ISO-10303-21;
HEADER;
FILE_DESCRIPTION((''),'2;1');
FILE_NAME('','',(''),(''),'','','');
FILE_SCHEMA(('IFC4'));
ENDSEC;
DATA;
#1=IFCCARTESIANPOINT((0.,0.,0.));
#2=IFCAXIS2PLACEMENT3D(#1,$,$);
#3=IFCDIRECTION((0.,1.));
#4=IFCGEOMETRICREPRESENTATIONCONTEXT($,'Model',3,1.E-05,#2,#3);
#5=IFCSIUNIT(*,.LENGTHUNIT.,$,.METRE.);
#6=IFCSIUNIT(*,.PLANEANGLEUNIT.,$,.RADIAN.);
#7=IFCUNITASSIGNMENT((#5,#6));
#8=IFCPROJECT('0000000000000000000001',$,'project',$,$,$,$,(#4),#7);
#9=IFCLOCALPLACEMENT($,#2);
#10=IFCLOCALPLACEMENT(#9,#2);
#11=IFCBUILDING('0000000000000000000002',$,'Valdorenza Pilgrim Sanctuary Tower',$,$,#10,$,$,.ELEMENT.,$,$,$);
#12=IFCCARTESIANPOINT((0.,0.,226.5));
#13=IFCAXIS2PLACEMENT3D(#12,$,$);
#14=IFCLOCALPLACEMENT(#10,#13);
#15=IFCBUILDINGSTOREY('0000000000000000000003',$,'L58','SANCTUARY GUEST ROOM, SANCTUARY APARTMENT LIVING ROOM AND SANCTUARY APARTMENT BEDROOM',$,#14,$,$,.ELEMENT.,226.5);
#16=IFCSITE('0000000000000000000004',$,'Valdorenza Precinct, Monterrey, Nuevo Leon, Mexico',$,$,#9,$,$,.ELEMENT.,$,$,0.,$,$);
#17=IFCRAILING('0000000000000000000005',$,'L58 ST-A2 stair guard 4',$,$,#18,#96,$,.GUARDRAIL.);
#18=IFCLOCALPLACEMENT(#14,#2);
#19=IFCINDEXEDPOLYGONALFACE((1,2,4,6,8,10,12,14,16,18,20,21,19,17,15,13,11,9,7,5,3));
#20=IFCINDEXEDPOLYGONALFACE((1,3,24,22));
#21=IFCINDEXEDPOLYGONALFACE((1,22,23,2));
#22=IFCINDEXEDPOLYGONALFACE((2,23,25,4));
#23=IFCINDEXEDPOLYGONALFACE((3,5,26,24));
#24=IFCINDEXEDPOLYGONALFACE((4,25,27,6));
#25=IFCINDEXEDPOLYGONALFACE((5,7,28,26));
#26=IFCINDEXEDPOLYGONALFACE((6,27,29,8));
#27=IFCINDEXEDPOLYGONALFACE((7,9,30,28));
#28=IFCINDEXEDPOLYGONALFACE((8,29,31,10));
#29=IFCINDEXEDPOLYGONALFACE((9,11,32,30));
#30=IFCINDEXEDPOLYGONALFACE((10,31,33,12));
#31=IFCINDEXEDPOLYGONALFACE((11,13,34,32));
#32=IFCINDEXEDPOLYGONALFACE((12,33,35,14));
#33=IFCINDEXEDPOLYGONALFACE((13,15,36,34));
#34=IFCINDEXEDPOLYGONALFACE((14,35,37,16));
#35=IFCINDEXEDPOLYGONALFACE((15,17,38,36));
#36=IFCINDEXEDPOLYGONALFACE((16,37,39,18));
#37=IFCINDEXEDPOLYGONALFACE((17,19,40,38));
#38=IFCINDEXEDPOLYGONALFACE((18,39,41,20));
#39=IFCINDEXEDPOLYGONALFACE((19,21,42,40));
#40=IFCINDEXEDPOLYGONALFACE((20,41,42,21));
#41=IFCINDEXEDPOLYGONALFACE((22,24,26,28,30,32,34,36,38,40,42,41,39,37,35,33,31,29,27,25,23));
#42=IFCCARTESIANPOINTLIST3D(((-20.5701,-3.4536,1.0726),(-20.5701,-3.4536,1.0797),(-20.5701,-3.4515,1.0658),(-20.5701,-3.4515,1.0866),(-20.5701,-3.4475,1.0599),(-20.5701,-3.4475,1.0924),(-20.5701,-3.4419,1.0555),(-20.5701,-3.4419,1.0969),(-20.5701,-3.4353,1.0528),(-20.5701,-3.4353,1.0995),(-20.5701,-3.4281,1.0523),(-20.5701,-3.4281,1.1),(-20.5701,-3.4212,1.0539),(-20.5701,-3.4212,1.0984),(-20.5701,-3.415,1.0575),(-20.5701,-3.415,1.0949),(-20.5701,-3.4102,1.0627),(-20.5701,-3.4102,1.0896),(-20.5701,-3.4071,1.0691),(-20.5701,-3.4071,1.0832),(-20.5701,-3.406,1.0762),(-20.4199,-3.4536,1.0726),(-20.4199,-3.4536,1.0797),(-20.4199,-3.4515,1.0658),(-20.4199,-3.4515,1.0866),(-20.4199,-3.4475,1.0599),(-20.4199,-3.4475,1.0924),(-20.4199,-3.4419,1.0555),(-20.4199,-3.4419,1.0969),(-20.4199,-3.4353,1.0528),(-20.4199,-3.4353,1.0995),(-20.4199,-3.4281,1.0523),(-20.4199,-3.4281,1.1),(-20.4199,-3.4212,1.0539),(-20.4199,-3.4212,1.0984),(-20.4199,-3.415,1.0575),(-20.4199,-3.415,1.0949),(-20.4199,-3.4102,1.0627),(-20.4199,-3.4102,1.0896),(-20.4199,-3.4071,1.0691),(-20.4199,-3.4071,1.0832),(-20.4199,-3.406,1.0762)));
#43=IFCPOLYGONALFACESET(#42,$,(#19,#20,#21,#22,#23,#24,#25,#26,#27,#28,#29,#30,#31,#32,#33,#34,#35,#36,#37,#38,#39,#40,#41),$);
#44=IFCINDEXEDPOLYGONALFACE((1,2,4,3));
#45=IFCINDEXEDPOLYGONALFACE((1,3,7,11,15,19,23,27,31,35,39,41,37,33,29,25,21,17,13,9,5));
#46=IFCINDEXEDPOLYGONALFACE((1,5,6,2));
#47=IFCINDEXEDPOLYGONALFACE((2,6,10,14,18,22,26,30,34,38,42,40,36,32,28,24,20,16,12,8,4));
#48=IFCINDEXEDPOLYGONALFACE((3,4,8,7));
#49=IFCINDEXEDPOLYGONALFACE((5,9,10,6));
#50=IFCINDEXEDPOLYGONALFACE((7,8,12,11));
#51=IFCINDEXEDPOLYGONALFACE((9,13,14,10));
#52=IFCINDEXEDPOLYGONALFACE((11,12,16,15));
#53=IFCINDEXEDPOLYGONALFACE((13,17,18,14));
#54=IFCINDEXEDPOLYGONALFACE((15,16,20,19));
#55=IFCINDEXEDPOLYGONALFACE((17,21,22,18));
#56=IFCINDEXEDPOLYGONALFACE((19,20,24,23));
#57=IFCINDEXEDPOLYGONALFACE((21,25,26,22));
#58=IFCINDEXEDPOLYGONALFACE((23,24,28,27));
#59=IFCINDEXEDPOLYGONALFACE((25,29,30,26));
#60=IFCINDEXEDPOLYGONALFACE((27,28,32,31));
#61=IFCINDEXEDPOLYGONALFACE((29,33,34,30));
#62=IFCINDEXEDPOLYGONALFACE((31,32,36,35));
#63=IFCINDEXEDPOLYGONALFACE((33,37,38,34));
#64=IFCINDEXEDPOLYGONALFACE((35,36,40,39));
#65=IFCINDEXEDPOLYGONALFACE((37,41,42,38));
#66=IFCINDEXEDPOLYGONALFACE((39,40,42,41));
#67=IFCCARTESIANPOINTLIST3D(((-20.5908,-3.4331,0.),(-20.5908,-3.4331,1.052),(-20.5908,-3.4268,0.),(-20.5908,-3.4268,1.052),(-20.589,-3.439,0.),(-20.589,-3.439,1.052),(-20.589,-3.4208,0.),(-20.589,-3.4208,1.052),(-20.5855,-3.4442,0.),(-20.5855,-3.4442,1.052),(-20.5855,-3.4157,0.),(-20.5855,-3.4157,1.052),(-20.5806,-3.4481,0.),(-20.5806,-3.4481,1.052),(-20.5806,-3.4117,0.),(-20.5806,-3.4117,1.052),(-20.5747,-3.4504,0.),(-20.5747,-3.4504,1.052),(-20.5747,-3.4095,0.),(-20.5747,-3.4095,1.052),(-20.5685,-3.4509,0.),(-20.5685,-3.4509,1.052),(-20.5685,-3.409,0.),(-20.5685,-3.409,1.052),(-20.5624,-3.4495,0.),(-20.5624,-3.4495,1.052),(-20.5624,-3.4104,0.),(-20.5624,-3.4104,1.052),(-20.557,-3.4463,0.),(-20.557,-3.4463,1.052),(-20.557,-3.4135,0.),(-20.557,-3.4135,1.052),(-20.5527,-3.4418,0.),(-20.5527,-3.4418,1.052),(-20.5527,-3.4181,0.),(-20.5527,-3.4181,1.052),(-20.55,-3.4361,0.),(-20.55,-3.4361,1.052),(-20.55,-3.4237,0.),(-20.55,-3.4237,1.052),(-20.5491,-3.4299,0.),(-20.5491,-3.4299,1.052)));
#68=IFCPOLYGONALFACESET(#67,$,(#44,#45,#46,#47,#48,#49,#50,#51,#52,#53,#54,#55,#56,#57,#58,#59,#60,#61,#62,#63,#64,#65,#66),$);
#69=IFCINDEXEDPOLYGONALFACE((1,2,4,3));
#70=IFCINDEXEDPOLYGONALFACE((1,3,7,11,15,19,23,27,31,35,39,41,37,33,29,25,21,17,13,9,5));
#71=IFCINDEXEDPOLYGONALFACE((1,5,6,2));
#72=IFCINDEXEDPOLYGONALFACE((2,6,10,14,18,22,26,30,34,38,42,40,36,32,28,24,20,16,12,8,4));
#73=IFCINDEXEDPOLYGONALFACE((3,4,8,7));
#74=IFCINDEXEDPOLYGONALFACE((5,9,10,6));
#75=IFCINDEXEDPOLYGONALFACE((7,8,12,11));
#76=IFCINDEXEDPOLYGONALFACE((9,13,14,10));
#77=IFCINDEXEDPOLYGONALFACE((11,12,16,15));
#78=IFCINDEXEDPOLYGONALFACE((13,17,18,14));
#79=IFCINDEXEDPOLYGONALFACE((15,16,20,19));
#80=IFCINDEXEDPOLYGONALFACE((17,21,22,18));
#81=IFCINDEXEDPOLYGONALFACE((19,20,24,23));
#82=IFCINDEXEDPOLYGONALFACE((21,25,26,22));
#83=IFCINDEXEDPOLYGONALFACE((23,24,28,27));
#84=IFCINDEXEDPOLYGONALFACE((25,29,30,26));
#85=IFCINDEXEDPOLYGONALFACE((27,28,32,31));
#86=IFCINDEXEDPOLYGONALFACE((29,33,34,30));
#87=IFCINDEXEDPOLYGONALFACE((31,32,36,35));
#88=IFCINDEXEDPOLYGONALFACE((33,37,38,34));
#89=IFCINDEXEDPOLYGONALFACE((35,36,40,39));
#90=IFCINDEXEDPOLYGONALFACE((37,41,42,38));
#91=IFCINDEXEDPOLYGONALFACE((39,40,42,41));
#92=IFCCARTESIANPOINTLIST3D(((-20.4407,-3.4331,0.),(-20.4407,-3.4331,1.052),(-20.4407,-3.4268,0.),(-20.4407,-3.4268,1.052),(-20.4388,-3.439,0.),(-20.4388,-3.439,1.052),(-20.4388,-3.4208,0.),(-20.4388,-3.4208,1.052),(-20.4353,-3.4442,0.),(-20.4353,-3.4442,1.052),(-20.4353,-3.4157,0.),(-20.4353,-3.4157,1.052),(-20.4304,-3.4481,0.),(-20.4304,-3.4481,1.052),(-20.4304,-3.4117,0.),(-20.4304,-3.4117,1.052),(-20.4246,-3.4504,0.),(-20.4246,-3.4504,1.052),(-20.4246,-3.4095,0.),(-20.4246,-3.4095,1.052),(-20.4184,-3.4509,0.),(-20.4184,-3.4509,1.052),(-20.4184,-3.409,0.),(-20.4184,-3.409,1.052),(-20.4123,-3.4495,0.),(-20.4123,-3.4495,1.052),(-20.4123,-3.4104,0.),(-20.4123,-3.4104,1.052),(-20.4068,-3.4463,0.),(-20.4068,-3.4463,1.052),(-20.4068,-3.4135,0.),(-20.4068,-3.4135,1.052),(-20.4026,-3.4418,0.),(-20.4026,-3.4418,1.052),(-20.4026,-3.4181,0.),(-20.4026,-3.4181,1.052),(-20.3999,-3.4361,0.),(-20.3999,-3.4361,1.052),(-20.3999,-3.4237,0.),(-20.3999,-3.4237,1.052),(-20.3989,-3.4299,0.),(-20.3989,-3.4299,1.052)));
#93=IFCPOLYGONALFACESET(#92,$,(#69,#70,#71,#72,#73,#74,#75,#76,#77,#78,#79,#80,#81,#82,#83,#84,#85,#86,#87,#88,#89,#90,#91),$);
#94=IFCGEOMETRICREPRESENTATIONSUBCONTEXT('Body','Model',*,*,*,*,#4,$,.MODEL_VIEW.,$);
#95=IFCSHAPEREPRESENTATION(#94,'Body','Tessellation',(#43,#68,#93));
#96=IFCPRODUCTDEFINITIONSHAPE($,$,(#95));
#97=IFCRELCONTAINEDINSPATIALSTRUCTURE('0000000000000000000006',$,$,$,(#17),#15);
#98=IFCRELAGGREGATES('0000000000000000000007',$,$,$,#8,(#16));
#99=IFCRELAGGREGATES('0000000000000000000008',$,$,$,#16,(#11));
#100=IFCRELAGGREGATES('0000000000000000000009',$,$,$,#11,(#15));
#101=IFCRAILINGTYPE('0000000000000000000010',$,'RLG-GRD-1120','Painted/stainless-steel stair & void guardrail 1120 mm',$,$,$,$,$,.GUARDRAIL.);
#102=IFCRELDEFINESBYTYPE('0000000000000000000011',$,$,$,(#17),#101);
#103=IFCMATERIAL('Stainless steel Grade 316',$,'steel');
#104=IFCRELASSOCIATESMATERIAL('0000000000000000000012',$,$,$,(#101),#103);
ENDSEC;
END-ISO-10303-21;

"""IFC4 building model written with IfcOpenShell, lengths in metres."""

from ifc_helpers import new_model, si_unit, direction, frame, origin, origin_2d, place, context, subcontext, project, spatial, circle, extrude, material, type_object, element, save


model = new_model("IFC4")

# Units and contexts
model_context = context("Model", 3, precision=1e-05, world=origin(), true_north=direction((0.0, 1.0)))
body_context = subcontext(model_context, "Body", "Model", "MODEL_VIEW")
ifc_project = project(units=[si_unit("LENGTHUNIT", "METRE"), si_unit("PLANEANGLEUNIT", "RADIAN")], contexts=[model_context])

# Site, building, storey
site_placement = place(None, origin())
site = spatial("IfcSite", under=ifc_project, at=site_placement, Name="Valdorenza Precinct, Monterrey, Nuevo Leon, Mexico", CompositionType="ELEMENT", RefElevation=0.0)
building_placement = place(site_placement, origin())
building = spatial("IfcBuilding", under=site, at=building_placement, Name="Valdorenza Pilgrim Sanctuary Tower", CompositionType="ELEMENT")
storey_placement = place(building_placement, frame((0.0, 0.0, 226.5)))
storey = spatial("IfcBuildingStorey", under=building, at=storey_placement, Name="L58", Description="SANCTUARY GUEST ROOM, SANCTUARY APARTMENT LIVING ROOM AND SANCTUARY APARTMENT BEDROOM", CompositionType="ELEMENT", Elevation=226.5)

# Railing
ifc_material_1 = material(Name="Stainless steel Grade 316", Category="steel")
railing_type_1 = type_object("IfcRailingType", Name="RLG-GRD-1120", Description="Painted/stainless-steel stair & void guardrail 1120 mm", PredefinedType="GUARDRAIL", material=ifc_material_1)
railing_1_placement = place(storey_placement, frame((-20.5701, -3.4299, 0.0)))
element("IfcRailing", 1, at=railing_1_placement, inside=storey, type_object=railing_type_1, Name="L58 ST-A2 stair guard 4", PredefinedType="GUARDRAIL", context=body_context, shape_type="SweptSolid", body=[
    extrude(circle(Radius=0.0239, at=origin_2d()), frame((0.0, 0.0, 1.0762), z_axis=(1.0, 0.0, 0.0), x_axis=(0.0, 1.0, 0.0)), (0.0, 0.0, 1.0), 0.1501),
    extrude(circle(Radius=0.021, at=origin_2d()), origin(), (0.0, 0.0, 1.0), 1.052),
    extrude(circle(Radius=0.021, at=origin_2d()), frame((0.1501, 0.0, 0.0)), (0.0, 0.0, 1.0), 1.052),
])

save(model, "model.ifc")
